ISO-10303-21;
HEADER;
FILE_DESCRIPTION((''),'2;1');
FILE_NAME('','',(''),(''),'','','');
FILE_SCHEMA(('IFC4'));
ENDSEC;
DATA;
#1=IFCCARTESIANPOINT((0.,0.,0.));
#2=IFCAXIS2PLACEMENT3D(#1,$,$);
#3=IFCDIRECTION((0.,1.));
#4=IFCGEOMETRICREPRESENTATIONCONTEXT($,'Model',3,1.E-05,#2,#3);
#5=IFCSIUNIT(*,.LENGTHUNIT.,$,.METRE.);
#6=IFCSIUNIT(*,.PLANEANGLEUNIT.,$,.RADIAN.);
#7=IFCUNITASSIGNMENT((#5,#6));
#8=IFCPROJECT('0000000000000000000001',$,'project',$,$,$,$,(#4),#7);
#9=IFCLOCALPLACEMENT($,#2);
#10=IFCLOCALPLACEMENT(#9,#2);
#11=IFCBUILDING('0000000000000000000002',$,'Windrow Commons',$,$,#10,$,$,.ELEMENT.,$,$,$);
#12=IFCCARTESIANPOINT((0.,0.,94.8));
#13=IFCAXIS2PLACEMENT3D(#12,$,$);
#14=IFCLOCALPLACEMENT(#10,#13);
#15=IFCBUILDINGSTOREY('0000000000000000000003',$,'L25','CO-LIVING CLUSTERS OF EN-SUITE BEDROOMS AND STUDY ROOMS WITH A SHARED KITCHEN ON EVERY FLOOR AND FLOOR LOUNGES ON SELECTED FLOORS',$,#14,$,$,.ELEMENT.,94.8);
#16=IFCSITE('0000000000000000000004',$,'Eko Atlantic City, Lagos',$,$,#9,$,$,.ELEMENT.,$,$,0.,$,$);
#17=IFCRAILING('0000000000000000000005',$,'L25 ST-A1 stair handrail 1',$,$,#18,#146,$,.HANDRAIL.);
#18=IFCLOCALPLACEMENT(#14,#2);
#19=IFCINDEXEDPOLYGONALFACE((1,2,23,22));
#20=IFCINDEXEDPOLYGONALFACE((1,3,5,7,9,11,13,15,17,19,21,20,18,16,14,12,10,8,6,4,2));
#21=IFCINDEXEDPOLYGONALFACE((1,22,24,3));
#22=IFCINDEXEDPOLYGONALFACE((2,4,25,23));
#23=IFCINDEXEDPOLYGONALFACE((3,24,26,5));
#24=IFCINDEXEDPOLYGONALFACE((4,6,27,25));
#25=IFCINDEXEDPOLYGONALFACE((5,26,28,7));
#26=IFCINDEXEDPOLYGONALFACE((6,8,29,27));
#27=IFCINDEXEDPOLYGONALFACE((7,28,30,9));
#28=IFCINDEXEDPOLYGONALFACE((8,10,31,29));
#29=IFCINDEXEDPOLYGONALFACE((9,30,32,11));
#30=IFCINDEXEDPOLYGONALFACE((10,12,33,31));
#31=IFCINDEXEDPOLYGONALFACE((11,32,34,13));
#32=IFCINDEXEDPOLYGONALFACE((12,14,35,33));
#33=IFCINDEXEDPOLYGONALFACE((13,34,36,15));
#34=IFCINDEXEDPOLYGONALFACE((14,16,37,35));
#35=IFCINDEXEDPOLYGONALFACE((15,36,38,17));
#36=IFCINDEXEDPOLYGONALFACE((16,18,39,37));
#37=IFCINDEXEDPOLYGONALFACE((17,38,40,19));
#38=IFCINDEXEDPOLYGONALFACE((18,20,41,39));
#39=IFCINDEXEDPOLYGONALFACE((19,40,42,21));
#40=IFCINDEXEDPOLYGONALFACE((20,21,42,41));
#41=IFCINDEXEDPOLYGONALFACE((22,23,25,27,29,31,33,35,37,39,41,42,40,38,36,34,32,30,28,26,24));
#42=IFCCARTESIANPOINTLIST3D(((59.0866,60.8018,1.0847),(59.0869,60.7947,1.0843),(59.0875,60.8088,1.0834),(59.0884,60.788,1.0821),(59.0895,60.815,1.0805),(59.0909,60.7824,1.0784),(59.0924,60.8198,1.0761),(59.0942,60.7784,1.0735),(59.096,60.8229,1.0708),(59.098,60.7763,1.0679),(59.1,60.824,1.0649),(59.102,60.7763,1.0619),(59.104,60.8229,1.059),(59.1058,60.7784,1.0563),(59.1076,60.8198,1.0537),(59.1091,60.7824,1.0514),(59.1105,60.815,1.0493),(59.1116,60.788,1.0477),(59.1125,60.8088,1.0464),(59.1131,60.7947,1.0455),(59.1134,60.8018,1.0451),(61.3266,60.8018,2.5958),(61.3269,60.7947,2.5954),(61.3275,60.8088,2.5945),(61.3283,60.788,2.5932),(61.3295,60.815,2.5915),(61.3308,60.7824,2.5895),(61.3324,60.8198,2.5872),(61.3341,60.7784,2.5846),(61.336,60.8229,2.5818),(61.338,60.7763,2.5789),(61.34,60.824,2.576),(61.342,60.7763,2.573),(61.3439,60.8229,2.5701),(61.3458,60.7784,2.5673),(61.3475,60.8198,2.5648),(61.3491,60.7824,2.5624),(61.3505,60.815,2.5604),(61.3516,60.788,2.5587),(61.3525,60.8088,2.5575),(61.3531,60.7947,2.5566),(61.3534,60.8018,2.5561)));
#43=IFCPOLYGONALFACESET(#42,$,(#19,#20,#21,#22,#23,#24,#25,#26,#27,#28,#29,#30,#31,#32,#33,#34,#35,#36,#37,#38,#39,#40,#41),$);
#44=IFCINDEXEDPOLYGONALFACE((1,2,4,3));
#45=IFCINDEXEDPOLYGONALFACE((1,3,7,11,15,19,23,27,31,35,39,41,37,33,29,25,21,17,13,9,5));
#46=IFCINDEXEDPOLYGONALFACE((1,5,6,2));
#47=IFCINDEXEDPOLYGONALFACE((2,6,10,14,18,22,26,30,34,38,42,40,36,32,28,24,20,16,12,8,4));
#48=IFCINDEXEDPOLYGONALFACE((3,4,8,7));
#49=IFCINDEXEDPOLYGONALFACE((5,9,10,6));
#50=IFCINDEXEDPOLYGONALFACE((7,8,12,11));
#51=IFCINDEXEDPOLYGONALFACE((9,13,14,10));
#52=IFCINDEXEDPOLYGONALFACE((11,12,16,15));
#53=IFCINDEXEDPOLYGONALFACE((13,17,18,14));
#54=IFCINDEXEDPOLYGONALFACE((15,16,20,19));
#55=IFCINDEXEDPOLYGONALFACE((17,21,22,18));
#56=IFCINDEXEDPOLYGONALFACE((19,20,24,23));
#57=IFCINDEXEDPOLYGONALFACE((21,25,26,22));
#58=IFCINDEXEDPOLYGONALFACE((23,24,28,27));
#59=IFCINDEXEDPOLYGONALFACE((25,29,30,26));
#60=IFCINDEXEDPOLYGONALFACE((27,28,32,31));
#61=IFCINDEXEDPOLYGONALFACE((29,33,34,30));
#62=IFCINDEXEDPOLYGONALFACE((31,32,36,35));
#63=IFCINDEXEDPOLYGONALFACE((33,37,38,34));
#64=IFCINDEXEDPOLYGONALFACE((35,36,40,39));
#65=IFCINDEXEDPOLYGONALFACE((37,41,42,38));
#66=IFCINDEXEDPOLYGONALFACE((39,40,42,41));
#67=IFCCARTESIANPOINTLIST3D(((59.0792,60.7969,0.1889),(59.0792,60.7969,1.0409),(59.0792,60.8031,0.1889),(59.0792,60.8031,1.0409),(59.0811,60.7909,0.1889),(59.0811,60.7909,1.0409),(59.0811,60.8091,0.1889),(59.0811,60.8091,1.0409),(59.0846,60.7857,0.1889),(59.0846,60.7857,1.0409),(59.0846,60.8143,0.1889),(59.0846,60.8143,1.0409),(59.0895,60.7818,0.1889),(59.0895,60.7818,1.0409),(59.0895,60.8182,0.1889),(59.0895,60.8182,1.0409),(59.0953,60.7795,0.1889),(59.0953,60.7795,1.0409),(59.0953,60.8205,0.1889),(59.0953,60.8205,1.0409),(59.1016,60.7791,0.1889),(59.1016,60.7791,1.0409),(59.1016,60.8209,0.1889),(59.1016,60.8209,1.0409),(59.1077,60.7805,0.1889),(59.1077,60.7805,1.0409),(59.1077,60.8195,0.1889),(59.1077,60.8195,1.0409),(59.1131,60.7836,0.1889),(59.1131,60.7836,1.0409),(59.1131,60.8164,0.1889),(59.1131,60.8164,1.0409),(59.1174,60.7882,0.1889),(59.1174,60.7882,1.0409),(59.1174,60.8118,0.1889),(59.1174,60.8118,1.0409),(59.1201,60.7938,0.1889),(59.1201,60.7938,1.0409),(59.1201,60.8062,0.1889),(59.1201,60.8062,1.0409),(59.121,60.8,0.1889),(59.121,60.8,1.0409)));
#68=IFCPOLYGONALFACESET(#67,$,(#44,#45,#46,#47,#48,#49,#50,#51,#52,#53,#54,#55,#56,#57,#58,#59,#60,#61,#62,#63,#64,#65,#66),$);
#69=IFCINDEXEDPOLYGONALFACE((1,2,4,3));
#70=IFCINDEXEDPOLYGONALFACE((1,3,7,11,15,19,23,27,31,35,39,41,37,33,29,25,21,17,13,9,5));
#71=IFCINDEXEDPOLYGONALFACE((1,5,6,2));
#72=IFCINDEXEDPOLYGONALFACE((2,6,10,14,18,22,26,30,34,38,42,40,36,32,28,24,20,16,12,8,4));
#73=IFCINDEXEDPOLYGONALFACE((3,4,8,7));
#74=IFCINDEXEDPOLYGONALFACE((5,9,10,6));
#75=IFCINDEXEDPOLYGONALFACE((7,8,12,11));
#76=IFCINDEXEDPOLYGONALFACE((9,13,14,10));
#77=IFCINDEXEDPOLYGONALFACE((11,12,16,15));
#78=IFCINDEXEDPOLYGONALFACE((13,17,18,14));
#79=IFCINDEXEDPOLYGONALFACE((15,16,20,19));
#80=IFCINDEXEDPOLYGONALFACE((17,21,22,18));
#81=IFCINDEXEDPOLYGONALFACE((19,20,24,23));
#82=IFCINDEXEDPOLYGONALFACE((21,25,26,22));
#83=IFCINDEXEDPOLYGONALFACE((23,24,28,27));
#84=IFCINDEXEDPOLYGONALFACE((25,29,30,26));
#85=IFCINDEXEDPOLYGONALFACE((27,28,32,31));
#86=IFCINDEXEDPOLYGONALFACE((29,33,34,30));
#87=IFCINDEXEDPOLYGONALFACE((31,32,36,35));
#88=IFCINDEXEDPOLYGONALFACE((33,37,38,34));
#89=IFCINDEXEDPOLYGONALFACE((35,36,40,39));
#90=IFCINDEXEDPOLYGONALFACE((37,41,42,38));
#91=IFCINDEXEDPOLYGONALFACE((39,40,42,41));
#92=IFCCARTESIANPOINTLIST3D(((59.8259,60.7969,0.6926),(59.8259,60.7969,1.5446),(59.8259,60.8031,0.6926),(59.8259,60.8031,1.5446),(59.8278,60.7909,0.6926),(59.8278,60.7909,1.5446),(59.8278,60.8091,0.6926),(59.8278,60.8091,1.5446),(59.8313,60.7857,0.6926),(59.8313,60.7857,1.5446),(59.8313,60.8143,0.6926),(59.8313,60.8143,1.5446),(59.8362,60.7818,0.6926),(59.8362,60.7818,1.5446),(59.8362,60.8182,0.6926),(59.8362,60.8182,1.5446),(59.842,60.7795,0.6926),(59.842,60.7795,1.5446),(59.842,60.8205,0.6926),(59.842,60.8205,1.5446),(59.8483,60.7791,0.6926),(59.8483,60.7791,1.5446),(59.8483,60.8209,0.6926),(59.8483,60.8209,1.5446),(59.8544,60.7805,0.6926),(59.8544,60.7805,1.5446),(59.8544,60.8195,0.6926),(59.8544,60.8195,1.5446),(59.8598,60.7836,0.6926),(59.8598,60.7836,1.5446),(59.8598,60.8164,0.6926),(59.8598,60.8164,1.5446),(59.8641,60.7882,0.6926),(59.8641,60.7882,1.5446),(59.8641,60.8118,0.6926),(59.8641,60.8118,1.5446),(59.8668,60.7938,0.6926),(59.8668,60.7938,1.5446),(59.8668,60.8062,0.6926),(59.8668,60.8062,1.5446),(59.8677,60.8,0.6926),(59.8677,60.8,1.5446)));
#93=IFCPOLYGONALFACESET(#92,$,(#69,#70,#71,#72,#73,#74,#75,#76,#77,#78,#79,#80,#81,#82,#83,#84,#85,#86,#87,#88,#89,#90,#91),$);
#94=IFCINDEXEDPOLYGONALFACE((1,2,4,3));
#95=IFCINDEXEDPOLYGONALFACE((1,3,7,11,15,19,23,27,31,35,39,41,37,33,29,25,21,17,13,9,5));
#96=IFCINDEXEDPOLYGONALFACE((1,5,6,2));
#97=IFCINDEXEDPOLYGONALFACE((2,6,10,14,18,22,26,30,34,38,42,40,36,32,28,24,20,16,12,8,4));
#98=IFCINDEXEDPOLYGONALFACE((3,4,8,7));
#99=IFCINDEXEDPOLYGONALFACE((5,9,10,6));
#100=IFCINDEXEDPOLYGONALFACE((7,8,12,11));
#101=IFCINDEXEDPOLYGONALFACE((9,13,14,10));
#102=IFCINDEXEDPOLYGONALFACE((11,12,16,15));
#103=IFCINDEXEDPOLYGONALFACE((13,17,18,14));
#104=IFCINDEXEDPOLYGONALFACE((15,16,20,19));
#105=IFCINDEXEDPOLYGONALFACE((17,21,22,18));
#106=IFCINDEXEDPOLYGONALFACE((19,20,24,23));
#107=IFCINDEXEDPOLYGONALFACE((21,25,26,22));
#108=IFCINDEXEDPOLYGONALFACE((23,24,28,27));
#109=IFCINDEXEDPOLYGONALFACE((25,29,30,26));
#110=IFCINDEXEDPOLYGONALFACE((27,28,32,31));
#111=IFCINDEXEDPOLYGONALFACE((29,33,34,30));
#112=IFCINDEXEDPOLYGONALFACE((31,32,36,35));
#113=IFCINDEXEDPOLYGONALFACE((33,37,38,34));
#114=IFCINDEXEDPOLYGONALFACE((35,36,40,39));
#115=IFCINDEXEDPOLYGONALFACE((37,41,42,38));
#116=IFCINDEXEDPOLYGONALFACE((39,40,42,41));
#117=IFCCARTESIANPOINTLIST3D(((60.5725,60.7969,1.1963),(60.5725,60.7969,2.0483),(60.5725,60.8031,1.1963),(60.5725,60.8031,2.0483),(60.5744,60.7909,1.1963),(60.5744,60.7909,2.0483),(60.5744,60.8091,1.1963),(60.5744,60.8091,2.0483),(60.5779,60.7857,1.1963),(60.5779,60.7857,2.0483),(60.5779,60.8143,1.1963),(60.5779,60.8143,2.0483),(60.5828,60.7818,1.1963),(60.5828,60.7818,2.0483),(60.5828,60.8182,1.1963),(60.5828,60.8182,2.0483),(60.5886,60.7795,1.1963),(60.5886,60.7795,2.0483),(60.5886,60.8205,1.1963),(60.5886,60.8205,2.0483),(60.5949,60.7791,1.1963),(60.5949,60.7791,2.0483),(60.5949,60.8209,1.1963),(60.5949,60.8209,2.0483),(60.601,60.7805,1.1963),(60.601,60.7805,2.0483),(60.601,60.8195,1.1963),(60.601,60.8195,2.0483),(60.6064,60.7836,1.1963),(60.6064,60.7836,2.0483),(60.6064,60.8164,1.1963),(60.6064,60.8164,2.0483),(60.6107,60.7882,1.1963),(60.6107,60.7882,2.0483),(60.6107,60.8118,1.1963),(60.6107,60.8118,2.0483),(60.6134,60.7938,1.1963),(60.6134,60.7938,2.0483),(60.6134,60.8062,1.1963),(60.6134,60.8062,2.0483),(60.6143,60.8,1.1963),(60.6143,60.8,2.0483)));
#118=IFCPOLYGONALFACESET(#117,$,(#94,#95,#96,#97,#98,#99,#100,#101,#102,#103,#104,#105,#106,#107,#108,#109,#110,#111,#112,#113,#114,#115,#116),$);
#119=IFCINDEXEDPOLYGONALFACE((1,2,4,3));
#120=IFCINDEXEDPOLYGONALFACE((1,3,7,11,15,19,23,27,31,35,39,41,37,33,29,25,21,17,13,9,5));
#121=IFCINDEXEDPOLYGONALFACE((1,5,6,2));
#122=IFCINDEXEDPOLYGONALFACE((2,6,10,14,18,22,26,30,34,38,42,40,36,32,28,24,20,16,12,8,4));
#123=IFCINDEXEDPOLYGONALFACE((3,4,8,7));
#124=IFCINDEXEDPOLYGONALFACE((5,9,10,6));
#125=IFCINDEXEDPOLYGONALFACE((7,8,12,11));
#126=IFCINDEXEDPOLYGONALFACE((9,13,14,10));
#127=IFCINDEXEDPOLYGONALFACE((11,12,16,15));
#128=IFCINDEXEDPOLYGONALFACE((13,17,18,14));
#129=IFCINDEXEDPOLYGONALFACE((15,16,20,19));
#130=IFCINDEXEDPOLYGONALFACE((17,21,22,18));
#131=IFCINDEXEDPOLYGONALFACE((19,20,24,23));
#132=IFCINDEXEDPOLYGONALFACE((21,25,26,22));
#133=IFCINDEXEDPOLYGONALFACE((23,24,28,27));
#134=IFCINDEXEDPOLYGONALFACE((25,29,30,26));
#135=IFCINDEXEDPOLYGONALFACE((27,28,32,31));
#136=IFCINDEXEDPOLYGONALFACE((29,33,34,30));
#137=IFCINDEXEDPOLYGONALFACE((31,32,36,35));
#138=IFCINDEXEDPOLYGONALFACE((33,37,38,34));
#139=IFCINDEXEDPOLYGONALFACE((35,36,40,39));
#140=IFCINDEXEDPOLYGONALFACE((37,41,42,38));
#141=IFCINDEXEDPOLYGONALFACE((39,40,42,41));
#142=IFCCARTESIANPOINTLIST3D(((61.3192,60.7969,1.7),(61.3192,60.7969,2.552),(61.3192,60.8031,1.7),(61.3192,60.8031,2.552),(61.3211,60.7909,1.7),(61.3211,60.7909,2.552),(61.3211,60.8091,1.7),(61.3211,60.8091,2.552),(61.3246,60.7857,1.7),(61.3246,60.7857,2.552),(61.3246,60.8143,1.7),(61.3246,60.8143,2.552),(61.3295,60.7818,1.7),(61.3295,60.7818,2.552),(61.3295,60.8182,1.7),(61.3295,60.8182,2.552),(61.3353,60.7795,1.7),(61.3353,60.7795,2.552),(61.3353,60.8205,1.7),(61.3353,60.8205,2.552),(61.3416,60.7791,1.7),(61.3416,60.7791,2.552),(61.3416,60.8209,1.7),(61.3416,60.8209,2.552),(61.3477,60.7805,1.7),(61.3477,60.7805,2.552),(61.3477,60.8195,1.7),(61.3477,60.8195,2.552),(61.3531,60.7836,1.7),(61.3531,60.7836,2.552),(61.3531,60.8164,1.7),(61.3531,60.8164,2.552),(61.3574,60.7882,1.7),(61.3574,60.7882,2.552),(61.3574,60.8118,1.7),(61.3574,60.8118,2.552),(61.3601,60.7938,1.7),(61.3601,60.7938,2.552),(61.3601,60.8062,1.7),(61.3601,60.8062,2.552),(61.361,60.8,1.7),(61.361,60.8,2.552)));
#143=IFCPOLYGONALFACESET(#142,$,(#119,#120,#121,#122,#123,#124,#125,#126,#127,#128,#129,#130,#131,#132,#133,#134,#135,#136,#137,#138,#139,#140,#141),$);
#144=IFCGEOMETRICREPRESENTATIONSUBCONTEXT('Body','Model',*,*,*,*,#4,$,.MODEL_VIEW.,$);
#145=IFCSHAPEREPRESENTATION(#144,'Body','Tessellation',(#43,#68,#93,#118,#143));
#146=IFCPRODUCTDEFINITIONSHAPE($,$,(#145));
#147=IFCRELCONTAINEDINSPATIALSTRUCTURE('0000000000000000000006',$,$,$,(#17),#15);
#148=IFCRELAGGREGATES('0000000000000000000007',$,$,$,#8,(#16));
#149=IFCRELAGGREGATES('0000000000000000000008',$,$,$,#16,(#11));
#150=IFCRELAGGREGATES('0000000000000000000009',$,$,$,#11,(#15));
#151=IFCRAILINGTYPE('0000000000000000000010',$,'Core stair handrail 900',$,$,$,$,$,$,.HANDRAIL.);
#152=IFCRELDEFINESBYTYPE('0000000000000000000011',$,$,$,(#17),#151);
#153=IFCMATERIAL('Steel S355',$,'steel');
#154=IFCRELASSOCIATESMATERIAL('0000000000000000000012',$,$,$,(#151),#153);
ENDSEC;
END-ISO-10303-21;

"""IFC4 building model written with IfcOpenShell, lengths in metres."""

from ifc_helpers import new_model, si_unit, direction, frame, origin, origin_2d, place, context, subcontext, project, spatial, circle, extrude, material, type_object, element, save


model = new_model("IFC4")

# Units and contexts
model_context = context("Model", 3, precision=1e-05, world=origin(), true_north=direction((0.0, 1.0)))
body_context = subcontext(model_context, "Body", "Model", "MODEL_VIEW")
ifc_project = project(units=[si_unit("LENGTHUNIT", "METRE"), si_unit("PLANEANGLEUNIT", "RADIAN")], contexts=[model_context])

# Site, building, storey
site_placement = place(None, origin())
site = spatial("IfcSite", under=ifc_project, at=site_placement, Name="Eko Atlantic City, Lagos", CompositionType="ELEMENT", RefElevation=0.0)
building_placement = place(site_placement, origin())
building = spatial("IfcBuilding", under=site, at=building_placement, Name="Windrow Commons", CompositionType="ELEMENT")
storey_placement = place(building_placement, frame((0.0, 0.0, 94.8)))
storey = spatial("IfcBuildingStorey", under=building, at=storey_placement, Name="L25", Description="CO-LIVING CLUSTERS OF EN-SUITE BEDROOMS AND STUDY ROOMS WITH A SHARED KITCHEN ON EVERY FLOOR AND FLOOR LOUNGES ON SELECTED FLOORS", CompositionType="ELEMENT", Elevation=94.8)

# Railing
ifc_material_1 = material(Name="Steel S355", Category="steel")
railing_type = type_object("IfcRailingType", Name="Core stair handrail 900", PredefinedType="HANDRAIL", material=ifc_material_1)
railing_placement = place(storey_placement, frame((59.1, 60.8, 0.1889)))
element("IfcRailing", 1, at=railing_placement, inside=storey, type_object=railing_type, Name="L25 ST-A1 stair handrail 1", PredefinedType="HANDRAIL", context=body_context, shape_type="SweptSolid", body=[
    extrude(circle(Radius=0.024, at=origin_2d()), frame((0.0, 0.0, 0.876), z_axis=(0.829003, 0.0, 0.559244), x_axis=(0.0, 1.0, 0.0)), (0.0, 0.0, 1.0), 2.702),
    extrude(circle(Radius=0.021, at=origin_2d()), origin(), (0.0, 0.0, 1.0), 0.852),
    extrude(circle(Radius=0.021, at=origin_2d()), frame((0.7467, 0.0, 0.5037)), (0.0, 0.0, 1.0), 0.852),
    extrude(circle(Radius=0.021, at=origin_2d()), frame((1.4933, 0.0, 1.0074)), (0.0, 0.0, 1.0), 0.852),
    extrude(circle(Radius=0.021, at=origin_2d()), frame((2.24, 0.0, 1.5111)), (0.0, 0.0, 1.0), 0.852),
])

save(model, "model.ifc")
